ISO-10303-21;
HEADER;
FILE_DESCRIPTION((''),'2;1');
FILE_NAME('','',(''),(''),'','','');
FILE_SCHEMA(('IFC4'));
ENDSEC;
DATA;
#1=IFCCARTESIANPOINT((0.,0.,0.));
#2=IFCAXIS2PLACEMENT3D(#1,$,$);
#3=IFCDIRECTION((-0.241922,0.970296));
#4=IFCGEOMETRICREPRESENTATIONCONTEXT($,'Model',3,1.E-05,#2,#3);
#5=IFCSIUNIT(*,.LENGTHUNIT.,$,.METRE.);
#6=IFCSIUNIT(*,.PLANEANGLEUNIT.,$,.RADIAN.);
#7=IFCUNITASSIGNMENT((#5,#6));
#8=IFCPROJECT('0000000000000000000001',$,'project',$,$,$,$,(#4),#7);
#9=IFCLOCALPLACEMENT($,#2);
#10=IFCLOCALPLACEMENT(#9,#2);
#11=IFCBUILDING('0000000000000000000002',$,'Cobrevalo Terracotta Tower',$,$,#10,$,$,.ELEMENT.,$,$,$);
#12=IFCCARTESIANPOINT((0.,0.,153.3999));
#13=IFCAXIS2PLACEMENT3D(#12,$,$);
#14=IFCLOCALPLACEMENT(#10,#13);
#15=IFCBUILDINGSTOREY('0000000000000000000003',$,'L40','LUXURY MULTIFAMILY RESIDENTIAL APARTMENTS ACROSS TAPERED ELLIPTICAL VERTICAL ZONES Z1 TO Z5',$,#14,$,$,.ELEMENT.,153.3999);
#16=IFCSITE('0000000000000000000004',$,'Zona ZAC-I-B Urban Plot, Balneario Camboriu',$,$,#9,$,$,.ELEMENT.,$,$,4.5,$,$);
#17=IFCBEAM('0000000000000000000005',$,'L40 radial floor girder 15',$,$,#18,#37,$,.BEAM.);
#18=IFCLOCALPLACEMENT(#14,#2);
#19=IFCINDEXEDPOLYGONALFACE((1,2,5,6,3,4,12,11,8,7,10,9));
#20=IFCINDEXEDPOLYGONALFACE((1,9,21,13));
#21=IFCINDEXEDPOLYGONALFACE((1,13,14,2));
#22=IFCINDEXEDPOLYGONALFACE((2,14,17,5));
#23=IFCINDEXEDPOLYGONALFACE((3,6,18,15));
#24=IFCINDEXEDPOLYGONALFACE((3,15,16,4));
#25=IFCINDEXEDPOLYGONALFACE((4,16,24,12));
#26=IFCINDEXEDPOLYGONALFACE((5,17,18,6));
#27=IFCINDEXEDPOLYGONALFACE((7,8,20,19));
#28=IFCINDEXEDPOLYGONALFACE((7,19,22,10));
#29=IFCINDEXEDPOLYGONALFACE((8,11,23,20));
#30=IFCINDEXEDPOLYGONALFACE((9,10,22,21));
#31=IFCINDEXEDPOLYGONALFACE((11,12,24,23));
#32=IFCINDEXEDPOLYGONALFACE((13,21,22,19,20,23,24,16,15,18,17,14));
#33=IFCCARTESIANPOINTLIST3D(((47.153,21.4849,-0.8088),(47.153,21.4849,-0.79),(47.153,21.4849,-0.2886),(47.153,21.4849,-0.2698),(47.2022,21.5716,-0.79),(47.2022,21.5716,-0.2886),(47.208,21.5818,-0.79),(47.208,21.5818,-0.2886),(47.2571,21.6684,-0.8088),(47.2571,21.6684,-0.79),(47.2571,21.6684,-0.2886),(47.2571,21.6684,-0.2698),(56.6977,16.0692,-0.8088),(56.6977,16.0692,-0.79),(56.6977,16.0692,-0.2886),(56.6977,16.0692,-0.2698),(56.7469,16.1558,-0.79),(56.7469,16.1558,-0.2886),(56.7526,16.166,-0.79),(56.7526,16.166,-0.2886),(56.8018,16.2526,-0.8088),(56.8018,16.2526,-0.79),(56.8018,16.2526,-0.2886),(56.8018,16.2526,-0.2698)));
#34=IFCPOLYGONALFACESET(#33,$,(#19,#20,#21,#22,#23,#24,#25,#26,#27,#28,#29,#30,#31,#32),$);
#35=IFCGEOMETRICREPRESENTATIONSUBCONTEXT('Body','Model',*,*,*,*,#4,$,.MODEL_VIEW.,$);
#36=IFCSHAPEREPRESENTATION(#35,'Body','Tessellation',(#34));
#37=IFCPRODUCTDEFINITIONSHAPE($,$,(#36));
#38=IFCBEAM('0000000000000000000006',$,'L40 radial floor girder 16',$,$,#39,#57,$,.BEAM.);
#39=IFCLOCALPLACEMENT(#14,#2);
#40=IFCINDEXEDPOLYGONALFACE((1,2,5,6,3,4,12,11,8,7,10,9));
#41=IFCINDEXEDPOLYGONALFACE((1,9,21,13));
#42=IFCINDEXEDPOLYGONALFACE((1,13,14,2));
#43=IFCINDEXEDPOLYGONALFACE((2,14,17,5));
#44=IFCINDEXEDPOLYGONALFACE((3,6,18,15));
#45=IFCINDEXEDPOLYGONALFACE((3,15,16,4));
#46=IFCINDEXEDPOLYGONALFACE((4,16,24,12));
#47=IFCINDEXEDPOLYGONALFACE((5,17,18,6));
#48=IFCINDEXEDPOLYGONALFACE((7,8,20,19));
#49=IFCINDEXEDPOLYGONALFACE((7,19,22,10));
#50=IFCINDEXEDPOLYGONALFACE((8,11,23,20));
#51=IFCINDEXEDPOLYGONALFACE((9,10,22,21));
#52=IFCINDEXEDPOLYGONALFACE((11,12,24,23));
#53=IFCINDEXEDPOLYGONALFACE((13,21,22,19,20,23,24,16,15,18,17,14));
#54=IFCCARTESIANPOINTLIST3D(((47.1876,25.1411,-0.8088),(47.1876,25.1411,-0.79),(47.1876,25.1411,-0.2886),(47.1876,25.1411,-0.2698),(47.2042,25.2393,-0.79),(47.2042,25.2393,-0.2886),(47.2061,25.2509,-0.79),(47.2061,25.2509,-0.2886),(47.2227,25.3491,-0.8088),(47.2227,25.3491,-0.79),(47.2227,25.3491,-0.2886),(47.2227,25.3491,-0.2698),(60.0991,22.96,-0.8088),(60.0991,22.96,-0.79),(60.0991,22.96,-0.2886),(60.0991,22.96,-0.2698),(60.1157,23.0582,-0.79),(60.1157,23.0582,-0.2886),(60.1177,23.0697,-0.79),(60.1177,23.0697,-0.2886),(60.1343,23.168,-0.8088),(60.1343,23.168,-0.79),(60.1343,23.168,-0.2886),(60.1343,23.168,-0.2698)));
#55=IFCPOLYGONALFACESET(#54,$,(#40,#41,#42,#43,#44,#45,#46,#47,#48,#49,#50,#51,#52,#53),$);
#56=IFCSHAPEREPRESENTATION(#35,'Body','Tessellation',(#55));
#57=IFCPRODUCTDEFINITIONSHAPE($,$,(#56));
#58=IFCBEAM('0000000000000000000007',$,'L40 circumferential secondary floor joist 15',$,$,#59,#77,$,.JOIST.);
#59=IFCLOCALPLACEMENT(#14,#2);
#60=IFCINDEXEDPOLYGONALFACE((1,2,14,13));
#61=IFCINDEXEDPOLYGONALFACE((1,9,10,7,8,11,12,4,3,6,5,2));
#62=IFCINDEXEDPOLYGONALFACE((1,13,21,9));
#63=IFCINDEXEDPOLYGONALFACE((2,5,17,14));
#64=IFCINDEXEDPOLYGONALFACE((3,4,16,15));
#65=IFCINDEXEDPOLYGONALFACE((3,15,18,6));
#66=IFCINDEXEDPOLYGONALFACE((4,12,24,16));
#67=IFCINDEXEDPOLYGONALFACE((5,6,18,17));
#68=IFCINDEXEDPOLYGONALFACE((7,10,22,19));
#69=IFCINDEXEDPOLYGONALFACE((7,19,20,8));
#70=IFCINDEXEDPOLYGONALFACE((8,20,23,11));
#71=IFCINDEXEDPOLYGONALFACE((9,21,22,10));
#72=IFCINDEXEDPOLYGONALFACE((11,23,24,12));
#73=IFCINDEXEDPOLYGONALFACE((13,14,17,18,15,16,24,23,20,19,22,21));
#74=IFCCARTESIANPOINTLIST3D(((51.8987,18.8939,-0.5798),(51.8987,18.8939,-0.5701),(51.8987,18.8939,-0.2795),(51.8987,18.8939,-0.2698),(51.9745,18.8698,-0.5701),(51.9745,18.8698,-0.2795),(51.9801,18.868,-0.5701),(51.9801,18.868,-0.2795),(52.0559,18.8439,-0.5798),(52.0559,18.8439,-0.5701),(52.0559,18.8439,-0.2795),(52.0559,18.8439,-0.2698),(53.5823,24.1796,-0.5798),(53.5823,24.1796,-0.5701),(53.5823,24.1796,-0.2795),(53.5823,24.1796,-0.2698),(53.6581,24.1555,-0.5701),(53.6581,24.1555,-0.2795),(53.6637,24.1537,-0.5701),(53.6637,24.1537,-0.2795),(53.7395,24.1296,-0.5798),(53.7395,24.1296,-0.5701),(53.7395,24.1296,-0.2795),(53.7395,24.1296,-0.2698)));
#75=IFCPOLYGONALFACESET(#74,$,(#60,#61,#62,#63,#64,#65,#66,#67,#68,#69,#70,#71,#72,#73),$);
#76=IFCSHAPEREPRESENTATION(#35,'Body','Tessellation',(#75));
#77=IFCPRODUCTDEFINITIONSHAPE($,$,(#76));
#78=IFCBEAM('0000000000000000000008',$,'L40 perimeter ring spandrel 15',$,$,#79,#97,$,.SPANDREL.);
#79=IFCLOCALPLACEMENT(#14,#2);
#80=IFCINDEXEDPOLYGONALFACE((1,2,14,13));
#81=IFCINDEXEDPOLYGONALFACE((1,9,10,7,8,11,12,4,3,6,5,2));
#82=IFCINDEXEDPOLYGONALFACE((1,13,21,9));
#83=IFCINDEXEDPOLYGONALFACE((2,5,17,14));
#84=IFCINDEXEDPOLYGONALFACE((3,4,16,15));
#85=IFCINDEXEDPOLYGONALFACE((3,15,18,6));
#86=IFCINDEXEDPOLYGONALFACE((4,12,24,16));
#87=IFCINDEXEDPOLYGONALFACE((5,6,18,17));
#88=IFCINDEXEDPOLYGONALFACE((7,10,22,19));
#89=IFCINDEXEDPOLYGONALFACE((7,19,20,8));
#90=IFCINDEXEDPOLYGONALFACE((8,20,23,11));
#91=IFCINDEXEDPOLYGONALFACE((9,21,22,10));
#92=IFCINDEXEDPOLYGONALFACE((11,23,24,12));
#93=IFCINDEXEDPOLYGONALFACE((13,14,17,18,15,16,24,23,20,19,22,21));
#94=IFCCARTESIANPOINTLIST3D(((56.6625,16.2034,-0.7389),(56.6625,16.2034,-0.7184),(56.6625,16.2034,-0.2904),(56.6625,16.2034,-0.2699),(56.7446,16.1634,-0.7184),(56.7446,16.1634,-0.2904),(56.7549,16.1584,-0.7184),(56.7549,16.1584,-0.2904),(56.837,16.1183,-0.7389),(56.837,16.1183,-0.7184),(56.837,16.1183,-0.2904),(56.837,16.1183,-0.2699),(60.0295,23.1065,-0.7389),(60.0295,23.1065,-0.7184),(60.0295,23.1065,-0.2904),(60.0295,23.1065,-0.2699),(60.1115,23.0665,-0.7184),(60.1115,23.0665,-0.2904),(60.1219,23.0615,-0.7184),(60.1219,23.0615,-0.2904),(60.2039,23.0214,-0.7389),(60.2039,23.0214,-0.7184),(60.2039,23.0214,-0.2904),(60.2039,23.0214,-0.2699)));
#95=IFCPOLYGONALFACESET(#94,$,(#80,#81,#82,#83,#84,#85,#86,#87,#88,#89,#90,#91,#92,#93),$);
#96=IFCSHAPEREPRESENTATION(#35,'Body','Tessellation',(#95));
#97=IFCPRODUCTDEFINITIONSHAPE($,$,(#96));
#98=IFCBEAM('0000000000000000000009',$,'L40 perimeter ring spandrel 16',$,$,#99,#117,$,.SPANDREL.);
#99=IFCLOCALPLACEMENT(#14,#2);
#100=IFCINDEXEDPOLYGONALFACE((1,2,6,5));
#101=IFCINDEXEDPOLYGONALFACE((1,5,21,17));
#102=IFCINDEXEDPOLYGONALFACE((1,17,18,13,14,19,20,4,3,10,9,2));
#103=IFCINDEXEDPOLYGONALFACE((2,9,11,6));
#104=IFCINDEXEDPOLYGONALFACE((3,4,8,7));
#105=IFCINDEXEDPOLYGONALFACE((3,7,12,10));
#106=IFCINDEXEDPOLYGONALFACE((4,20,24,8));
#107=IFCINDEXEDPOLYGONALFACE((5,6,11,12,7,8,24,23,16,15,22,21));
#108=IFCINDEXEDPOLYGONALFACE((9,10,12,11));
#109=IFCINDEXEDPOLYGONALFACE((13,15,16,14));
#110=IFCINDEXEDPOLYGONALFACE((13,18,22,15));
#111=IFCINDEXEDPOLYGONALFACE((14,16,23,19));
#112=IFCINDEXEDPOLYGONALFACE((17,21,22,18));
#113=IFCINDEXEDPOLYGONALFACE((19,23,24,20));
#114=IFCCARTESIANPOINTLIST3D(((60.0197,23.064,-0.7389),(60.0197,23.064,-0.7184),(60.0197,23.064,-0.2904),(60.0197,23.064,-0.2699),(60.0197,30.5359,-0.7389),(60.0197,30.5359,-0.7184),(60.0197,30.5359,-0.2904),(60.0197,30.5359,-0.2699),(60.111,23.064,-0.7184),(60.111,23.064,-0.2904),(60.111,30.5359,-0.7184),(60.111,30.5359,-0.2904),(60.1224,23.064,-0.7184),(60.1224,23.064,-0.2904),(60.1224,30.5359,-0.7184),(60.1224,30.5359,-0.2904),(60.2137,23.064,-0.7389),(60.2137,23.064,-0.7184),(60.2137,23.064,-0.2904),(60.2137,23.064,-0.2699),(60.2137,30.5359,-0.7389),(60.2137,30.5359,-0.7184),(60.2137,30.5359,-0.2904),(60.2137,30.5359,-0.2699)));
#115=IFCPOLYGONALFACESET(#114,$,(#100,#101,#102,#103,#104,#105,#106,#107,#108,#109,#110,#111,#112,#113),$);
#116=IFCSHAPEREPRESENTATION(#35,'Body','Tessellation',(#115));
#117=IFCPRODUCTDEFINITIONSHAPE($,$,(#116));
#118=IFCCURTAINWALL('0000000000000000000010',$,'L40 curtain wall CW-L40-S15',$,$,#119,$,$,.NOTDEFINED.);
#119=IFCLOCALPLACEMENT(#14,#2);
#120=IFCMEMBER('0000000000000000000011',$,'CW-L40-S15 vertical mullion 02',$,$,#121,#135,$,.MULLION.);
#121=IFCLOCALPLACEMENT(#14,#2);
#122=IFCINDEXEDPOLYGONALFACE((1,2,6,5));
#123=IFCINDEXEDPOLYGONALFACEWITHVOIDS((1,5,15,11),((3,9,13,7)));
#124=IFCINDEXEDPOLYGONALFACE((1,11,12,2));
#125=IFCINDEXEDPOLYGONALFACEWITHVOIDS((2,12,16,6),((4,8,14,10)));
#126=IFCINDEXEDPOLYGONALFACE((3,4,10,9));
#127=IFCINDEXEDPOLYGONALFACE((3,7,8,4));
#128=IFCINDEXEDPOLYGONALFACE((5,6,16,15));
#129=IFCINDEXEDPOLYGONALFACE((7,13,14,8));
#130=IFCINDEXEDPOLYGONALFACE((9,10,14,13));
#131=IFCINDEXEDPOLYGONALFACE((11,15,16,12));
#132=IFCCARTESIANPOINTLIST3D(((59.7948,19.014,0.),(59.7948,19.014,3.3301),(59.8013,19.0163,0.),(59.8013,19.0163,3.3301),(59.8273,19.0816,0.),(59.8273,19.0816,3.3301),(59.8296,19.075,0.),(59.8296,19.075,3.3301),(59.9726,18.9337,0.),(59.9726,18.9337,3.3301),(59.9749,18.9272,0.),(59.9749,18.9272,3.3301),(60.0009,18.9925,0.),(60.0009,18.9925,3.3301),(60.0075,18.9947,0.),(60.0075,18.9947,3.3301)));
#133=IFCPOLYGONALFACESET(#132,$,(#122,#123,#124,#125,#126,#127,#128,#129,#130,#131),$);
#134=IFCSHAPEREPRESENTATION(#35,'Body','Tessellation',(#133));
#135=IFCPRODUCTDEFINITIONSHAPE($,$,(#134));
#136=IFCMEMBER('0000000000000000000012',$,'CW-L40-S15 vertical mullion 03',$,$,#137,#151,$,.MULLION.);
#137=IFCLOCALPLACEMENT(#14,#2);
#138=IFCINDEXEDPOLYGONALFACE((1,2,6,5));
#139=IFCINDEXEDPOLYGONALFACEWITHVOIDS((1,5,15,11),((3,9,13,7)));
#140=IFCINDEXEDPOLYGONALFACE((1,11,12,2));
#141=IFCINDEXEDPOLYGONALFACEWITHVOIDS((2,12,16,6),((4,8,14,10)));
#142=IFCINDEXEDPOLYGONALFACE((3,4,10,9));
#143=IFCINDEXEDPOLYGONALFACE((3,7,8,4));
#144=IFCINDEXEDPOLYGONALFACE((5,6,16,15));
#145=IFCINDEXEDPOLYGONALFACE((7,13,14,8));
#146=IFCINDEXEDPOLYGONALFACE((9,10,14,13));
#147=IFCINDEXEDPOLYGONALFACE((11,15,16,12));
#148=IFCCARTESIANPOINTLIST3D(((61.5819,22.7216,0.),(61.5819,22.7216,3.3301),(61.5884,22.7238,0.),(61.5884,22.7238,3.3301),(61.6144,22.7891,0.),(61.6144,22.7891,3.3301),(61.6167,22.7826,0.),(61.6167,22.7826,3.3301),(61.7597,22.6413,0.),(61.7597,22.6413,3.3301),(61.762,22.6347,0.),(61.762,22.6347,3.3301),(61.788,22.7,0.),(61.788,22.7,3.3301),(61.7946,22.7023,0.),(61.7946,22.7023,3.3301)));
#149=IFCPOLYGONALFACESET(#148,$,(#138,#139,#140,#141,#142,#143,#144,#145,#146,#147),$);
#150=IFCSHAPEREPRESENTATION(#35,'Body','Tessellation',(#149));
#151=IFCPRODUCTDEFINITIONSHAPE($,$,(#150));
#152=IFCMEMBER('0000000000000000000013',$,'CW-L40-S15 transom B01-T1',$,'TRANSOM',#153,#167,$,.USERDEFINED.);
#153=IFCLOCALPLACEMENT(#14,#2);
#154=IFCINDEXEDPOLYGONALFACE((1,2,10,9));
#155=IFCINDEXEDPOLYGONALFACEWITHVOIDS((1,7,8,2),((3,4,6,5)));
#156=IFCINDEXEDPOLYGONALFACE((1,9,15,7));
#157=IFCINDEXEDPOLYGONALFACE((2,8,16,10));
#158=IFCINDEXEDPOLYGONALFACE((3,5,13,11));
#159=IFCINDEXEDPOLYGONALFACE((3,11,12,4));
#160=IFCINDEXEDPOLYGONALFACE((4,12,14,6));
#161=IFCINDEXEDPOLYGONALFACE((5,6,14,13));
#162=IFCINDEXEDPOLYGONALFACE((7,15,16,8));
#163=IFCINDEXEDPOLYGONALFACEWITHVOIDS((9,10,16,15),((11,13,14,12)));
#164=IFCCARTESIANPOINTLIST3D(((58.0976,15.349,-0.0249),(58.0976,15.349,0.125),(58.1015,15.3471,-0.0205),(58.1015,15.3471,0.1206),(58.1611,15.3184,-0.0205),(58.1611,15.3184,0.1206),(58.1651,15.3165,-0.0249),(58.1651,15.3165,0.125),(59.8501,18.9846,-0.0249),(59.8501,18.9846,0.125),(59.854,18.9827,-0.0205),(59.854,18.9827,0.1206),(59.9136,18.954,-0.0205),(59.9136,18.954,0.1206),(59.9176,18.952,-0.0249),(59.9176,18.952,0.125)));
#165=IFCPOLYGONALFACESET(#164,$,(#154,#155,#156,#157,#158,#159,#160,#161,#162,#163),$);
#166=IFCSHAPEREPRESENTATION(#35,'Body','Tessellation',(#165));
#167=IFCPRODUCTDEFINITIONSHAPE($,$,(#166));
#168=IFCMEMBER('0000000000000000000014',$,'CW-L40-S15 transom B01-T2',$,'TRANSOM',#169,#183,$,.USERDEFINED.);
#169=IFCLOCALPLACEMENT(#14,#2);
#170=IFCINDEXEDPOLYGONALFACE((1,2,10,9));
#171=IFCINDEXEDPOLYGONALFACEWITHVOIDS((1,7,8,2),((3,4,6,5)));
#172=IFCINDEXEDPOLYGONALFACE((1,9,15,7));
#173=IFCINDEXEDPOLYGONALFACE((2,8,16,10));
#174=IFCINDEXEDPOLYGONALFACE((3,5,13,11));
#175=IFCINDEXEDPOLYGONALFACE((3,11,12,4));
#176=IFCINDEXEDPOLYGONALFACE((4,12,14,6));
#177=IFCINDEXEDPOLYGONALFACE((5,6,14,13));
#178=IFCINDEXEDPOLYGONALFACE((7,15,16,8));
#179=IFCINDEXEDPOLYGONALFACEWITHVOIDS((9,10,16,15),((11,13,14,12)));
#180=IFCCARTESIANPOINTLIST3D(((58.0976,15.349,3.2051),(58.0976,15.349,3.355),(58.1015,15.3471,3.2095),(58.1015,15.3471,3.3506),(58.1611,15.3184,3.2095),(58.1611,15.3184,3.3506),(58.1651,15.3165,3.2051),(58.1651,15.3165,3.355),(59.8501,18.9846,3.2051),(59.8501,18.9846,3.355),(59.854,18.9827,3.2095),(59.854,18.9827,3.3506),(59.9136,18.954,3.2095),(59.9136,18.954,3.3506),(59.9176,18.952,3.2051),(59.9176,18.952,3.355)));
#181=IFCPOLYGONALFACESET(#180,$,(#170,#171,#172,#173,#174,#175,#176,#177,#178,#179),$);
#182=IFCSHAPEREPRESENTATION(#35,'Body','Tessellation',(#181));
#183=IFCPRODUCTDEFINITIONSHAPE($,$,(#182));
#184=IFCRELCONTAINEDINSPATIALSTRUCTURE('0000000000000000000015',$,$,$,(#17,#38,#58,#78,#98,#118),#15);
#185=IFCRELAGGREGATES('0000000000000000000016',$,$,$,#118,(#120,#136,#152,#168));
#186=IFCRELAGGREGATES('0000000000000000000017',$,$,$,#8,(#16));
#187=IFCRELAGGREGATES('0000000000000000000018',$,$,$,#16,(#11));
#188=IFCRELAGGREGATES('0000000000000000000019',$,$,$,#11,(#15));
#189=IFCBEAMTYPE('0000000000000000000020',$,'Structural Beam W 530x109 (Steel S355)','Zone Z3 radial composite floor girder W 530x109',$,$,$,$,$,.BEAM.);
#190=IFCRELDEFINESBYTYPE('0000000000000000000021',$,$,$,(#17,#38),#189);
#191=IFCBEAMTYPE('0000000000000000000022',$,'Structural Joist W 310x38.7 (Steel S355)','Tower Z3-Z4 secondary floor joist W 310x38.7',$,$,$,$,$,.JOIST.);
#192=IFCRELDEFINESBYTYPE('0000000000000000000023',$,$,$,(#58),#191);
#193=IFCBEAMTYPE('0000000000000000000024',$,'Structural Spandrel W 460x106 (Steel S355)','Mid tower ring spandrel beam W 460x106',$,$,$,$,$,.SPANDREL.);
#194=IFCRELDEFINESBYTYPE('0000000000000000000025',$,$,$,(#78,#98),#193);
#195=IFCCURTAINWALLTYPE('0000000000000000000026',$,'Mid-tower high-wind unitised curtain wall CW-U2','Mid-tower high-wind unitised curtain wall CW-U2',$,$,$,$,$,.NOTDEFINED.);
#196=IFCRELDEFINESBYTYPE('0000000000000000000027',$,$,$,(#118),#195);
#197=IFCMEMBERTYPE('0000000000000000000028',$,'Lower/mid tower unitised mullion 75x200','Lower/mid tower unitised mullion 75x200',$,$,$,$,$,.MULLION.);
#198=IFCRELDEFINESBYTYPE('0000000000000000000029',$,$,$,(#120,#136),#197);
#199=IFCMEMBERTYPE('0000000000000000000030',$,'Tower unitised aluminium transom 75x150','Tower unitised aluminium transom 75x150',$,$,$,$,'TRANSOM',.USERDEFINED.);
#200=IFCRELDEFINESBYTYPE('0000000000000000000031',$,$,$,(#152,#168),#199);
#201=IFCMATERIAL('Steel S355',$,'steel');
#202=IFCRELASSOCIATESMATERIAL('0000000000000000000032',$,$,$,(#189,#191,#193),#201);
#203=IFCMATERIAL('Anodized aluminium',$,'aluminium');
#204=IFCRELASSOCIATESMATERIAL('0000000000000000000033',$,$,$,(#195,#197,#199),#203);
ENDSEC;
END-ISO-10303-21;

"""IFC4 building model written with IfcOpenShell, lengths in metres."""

from ifc_helpers import new_model, si_unit, direction, frame, origin, origin_2d, place, context, subcontext, project, spatial, hollow_rectangle, i_section, extrude, source, transform, mapped, material, material_profile, profile_set, type_object, element, aggregate, save


model = new_model("IFC4")

# Units and contexts
model_context = context("Model", 3, precision=1e-05, world=origin(), true_north=direction((-0.241922, 0.970296)))
body_context = subcontext(model_context, "Body", "Model", "MODEL_VIEW")
ifc_project = project(units=[si_unit("LENGTHUNIT", "METRE"), si_unit("PLANEANGLEUNIT", "RADIAN")], contexts=[model_context])

# Site, building, storey
site_placement = place(None, origin())
site = spatial("IfcSite", under=ifc_project, at=site_placement, Name="Zona ZAC-I-B Urban Plot, Balneario Camboriu", CompositionType="ELEMENT", RefElevation=4.5)
building_placement = place(site_placement, origin())
building = spatial("IfcBuilding", under=site, at=building_placement, Name="Cobrevalo Terracotta Tower", CompositionType="ELEMENT")
storey_placement = place(building_placement, frame((0.0, 0.0, 153.3999)))
storey = spatial("IfcBuildingStorey", under=building, at=storey_placement, Name="L40", Description="LUXURY MULTIFAMILY RESIDENTIAL APARTMENTS ACROSS TAPERED ELLIPTICAL VERTICAL ZONES Z1 TO Z5", CompositionType="ELEMENT", Elevation=153.3999)

# Shared definitions
ifc_material_1 = material(Name="Steel S355", Category="steel")

# Beams
ifc_material_profile_1 = material_profile(ifc_material_1, i_section(OverallWidth=0.2109, OverallDepth=0.5391, WebThickness=0.0117, FlangeThickness=0.0188, at=origin_2d()), Name="W 530x109")
ifc_profile_set_1 = profile_set([ifc_material_profile_1], Name="Steel S355")
beam_type_1 = type_object("IfcBeamType", Name="Structural Beam W 530x109 (Steel S355)", Description="Zone Z3 radial composite floor girder W 530x109", PredefinedType="BEAM", material=ifc_profile_set_1)
beam_1_placement = place(storey_placement, frame((56.7498, 16.1609, -0.5393), z_axis=(-0.869744, 0.493504, 0.0), x_axis=(-0.493504, -0.869744, 0.0)))
element("IfcBeam", 1, at=beam_1_placement, inside=storey, type_object=beam_type_1, Name="L40 radial floor girder 15", PredefinedType="BEAM", context=body_context, shape_type="SweptSolid", body=[
    extrude(i_section(OverallWidth=0.2109, OverallDepth=0.5391, WebThickness=0.0117, FlangeThickness=0.0188, at=origin_2d()), origin(), (0.0, 0.0, 1.0), 10.9741),
])
beam_2_placement = place(storey_placement, frame((60.1167, 23.064, -0.5393), z_axis=(-0.98603, 0.166569, 0.0), x_axis=(-0.166569, -0.98603, 0.0)))
element("IfcBeam", 2, at=beam_2_placement, inside=storey, type_object=beam_type_1, Name="L40 radial floor girder 16", PredefinedType="BEAM", context=body_context, shape_type="SweptSolid", body=[
    extrude(i_section(OverallWidth=0.2109, OverallDepth=0.5391, WebThickness=0.0117, FlangeThickness=0.0188, at=origin_2d()), origin(), (0.0, 0.0, 1.0), 13.0945),
])
ifc_material_profile_2 = material_profile(ifc_material_1, i_section(OverallWidth=0.165, OverallDepth=0.3101, WebThickness=0.0059, FlangeThickness=0.0098, at=origin_2d()), Name="W 310x38.7")
ifc_profile_set_2 = profile_set([ifc_material_profile_2], Name="Steel S355")
beam_type_2 = type_object("IfcBeamType", Name="Structural Joist W 310x38.7 (Steel S355)", Description="Tower Z3-Z4 secondary floor joist W 310x38.7", PredefinedType="JOIST", material=ifc_profile_set_2)
beam_3_placement = place(storey_placement, frame((51.9773, 18.8689, -0.4248), z_axis=(0.303498, 0.952832, 0.0), x_axis=(-0.952832, 0.303498, 0.0)))
element("IfcBeam", 3, at=beam_3_placement, inside=storey, type_object=beam_type_2, Name="L40 circumferential secondary floor joist 15", PredefinedType="JOIST", context=body_context, shape_type="SweptSolid", body=[
    extrude(i_section(OverallWidth=0.165, OverallDepth=0.3101, WebThickness=0.0059, FlangeThickness=0.0098, at=origin_2d()), origin(), (0.0, 0.0, 1.0), 5.5474),
])
ifc_material_profile_3 = material_profile(ifc_material_1, i_section(OverallWidth=0.1941, OverallDepth=0.469, WebThickness=0.0115, FlangeThickness=0.0205, at=origin_2d()), Name="W 460x106")
ifc_profile_set_3 = profile_set([ifc_material_profile_3], Name="Steel S355")
beam_type_3 = type_object("IfcBeamType", Name="Structural Spandrel W 460x106 (Steel S355)", Description="Mid tower ring spandrel beam W 460x106", PredefinedType="SPANDREL", material=ifc_profile_set_3)
beam_4_placement = place(storey_placement, frame((56.7498, 16.1609, -0.5044), z_axis=(0.43838, 0.89879, 0.0), x_axis=(-0.89879, 0.43838, 0.0)))
element("IfcBeam", 4, at=beam_4_placement, inside=storey, type_object=beam_type_3, Name="L40 perimeter ring spandrel 15", PredefinedType="SPANDREL", context=body_context, shape_type="SweptSolid", body=[
    extrude(i_section(OverallWidth=0.1941, OverallDepth=0.469, WebThickness=0.0115, FlangeThickness=0.0205, at=origin_2d()), origin(), (0.0, 0.0, 1.0), 7.6804),
])
beam_5_placement = place(storey_placement, frame((60.1167, 23.064, -0.5044), z_axis=(0.0, 1.0, 0.0), x_axis=(-1.0, 0.0, 0.0)))
element("IfcBeam", 5, at=beam_5_placement, inside=storey, type_object=beam_type_3, Name="L40 perimeter ring spandrel 16", PredefinedType="SPANDREL", context=body_context, shape_type="SweptSolid", body=[
    extrude(i_section(OverallWidth=0.1941, OverallDepth=0.469, WebThickness=0.0115, FlangeThickness=0.0205, at=origin_2d()), origin(), (0.0, 0.0, 1.0), 7.4719),
])

# Curtain wall, members
ifc_material_2 = material(Name="Anodized aluminium", Category="aluminium")
curtain_wall_type = type_object("IfcCurtainWallType", Name="Mid-tower high-wind unitised curtain wall CW-U2", Description="Mid-tower high-wind unitised curtain wall CW-U2", PredefinedType="NOTDEFINED", material=ifc_material_2)
curtain_wall_placement = place(storey_placement, origin())
curtain_wall = element("IfcCurtainWall", 6, at=curtain_wall_placement, inside=storey, type_object=curtain_wall_type, Name="L40 curtain wall CW-L40-S15", PredefinedType="NOTDEFINED")
ifc_material_profile_4 = material_profile(ifc_material_2, hollow_rectangle(XDim=0.075, YDim=0.2, WallThickness=0.0049, at=origin_2d()), Name="CWM 75x200")
ifc_profile_set_4 = profile_set([ifc_material_profile_4], Name="Anodized aluminium")
member_type_1 = type_object("IfcMemberType", Name="Lower/mid tower unitised mullion 75x200", Description="Lower/mid tower unitised mullion 75x200", PredefinedType="MULLION", material=ifc_profile_set_4)
shared_shape_1 = source(origin(), body_context, "Body", "SweptSolid", [
    extrude(hollow_rectangle(XDim=0.075, YDim=0.2, WallThickness=0.0049, at=origin_2d()), origin(), (0.0, 0.0, 1.0), 3.3301),
])
member_1_placement = place(storey_placement, frame((59.9011, 19.0044, 0.0), z_axis=(0.0, 0.0, 1.0), x_axis=(0.434209, 0.900812, 0.0)))
member_1 = element("IfcMember", 7, at=member_1_placement, type_object=member_type_1, Name="CW-L40-S15 vertical mullion 02", PredefinedType="MULLION", context=body_context, shape_type="MappedRepresentation", body=[
    mapped(shared_shape_1, transform((0.0, 0.0, 0.0), scale=1.0)),
])
member_2_placement = place(storey_placement, frame((61.6882, 22.7119, 0.0), z_axis=(0.0, 0.0, 1.0), x_axis=(0.434209, 0.900812, 0.0)))
member_2 = element("IfcMember", 8, at=member_2_placement, type_object=member_type_1, Name="CW-L40-S15 vertical mullion 03", PredefinedType="MULLION", context=body_context, shape_type="MappedRepresentation", body=[
    mapped(shared_shape_1, transform((0.0, 0.0, 0.0), scale=1.0)),
])
ifc_material_profile_5 = material_profile(ifc_material_2, hollow_rectangle(XDim=0.075, YDim=0.1499, WallThickness=0.0044, at=origin_2d()), Name="CWT 75x150")
ifc_profile_set_5 = profile_set([ifc_material_profile_5], Name="Anodized aluminium")
member_type_2 = type_object("IfcMemberType", Name="Tower unitised aluminium transom 75x150", Description="Tower unitised aluminium transom 75x150", ElementType="TRANSOM", PredefinedType="USERDEFINED", material=ifc_profile_set_5)
shared_shape_2 = source(origin(), body_context, "Body", "SweptSolid", [
    extrude(hollow_rectangle(XDim=0.075, YDim=0.1499, WallThickness=0.0044, at=origin_2d()), origin(), (0.0, 0.0, 1.0), 4.0359),
])
member_3_placement = place(storey_placement, frame((58.1313, 15.3328, 0.05), z_axis=(0.434221, 0.900806, 0.0), x_axis=(-0.900806, 0.434221, 0.0)))
member_3 = element("IfcMember", 9, at=member_3_placement, type_object=member_type_2, Name="CW-L40-S15 transom B01-T1", ObjectType="TRANSOM", PredefinedType="USERDEFINED", context=body_context, shape_type="MappedRepresentation", body=[
    mapped(shared_shape_2, transform((0.0, 0.0, 0.0), scale=1.0)),
])
member_4_placement = place(storey_placement, frame((58.1313, 15.3328, 3.28), z_axis=(0.434221, 0.900806, 0.0), x_axis=(-0.900806, 0.434221, 0.0)))
member_4 = element("IfcMember", 10, at=member_4_placement, type_object=member_type_2, Name="CW-L40-S15 transom B01-T2", ObjectType="TRANSOM", PredefinedType="USERDEFINED", context=body_context, shape_type="MappedRepresentation", body=[
    mapped(shared_shape_2, transform((0.0, 0.0, 0.0), scale=1.0)),
])
aggregate(curtain_wall, [member_1, member_2, member_3, member_4])

save(model, "model.ifc")
